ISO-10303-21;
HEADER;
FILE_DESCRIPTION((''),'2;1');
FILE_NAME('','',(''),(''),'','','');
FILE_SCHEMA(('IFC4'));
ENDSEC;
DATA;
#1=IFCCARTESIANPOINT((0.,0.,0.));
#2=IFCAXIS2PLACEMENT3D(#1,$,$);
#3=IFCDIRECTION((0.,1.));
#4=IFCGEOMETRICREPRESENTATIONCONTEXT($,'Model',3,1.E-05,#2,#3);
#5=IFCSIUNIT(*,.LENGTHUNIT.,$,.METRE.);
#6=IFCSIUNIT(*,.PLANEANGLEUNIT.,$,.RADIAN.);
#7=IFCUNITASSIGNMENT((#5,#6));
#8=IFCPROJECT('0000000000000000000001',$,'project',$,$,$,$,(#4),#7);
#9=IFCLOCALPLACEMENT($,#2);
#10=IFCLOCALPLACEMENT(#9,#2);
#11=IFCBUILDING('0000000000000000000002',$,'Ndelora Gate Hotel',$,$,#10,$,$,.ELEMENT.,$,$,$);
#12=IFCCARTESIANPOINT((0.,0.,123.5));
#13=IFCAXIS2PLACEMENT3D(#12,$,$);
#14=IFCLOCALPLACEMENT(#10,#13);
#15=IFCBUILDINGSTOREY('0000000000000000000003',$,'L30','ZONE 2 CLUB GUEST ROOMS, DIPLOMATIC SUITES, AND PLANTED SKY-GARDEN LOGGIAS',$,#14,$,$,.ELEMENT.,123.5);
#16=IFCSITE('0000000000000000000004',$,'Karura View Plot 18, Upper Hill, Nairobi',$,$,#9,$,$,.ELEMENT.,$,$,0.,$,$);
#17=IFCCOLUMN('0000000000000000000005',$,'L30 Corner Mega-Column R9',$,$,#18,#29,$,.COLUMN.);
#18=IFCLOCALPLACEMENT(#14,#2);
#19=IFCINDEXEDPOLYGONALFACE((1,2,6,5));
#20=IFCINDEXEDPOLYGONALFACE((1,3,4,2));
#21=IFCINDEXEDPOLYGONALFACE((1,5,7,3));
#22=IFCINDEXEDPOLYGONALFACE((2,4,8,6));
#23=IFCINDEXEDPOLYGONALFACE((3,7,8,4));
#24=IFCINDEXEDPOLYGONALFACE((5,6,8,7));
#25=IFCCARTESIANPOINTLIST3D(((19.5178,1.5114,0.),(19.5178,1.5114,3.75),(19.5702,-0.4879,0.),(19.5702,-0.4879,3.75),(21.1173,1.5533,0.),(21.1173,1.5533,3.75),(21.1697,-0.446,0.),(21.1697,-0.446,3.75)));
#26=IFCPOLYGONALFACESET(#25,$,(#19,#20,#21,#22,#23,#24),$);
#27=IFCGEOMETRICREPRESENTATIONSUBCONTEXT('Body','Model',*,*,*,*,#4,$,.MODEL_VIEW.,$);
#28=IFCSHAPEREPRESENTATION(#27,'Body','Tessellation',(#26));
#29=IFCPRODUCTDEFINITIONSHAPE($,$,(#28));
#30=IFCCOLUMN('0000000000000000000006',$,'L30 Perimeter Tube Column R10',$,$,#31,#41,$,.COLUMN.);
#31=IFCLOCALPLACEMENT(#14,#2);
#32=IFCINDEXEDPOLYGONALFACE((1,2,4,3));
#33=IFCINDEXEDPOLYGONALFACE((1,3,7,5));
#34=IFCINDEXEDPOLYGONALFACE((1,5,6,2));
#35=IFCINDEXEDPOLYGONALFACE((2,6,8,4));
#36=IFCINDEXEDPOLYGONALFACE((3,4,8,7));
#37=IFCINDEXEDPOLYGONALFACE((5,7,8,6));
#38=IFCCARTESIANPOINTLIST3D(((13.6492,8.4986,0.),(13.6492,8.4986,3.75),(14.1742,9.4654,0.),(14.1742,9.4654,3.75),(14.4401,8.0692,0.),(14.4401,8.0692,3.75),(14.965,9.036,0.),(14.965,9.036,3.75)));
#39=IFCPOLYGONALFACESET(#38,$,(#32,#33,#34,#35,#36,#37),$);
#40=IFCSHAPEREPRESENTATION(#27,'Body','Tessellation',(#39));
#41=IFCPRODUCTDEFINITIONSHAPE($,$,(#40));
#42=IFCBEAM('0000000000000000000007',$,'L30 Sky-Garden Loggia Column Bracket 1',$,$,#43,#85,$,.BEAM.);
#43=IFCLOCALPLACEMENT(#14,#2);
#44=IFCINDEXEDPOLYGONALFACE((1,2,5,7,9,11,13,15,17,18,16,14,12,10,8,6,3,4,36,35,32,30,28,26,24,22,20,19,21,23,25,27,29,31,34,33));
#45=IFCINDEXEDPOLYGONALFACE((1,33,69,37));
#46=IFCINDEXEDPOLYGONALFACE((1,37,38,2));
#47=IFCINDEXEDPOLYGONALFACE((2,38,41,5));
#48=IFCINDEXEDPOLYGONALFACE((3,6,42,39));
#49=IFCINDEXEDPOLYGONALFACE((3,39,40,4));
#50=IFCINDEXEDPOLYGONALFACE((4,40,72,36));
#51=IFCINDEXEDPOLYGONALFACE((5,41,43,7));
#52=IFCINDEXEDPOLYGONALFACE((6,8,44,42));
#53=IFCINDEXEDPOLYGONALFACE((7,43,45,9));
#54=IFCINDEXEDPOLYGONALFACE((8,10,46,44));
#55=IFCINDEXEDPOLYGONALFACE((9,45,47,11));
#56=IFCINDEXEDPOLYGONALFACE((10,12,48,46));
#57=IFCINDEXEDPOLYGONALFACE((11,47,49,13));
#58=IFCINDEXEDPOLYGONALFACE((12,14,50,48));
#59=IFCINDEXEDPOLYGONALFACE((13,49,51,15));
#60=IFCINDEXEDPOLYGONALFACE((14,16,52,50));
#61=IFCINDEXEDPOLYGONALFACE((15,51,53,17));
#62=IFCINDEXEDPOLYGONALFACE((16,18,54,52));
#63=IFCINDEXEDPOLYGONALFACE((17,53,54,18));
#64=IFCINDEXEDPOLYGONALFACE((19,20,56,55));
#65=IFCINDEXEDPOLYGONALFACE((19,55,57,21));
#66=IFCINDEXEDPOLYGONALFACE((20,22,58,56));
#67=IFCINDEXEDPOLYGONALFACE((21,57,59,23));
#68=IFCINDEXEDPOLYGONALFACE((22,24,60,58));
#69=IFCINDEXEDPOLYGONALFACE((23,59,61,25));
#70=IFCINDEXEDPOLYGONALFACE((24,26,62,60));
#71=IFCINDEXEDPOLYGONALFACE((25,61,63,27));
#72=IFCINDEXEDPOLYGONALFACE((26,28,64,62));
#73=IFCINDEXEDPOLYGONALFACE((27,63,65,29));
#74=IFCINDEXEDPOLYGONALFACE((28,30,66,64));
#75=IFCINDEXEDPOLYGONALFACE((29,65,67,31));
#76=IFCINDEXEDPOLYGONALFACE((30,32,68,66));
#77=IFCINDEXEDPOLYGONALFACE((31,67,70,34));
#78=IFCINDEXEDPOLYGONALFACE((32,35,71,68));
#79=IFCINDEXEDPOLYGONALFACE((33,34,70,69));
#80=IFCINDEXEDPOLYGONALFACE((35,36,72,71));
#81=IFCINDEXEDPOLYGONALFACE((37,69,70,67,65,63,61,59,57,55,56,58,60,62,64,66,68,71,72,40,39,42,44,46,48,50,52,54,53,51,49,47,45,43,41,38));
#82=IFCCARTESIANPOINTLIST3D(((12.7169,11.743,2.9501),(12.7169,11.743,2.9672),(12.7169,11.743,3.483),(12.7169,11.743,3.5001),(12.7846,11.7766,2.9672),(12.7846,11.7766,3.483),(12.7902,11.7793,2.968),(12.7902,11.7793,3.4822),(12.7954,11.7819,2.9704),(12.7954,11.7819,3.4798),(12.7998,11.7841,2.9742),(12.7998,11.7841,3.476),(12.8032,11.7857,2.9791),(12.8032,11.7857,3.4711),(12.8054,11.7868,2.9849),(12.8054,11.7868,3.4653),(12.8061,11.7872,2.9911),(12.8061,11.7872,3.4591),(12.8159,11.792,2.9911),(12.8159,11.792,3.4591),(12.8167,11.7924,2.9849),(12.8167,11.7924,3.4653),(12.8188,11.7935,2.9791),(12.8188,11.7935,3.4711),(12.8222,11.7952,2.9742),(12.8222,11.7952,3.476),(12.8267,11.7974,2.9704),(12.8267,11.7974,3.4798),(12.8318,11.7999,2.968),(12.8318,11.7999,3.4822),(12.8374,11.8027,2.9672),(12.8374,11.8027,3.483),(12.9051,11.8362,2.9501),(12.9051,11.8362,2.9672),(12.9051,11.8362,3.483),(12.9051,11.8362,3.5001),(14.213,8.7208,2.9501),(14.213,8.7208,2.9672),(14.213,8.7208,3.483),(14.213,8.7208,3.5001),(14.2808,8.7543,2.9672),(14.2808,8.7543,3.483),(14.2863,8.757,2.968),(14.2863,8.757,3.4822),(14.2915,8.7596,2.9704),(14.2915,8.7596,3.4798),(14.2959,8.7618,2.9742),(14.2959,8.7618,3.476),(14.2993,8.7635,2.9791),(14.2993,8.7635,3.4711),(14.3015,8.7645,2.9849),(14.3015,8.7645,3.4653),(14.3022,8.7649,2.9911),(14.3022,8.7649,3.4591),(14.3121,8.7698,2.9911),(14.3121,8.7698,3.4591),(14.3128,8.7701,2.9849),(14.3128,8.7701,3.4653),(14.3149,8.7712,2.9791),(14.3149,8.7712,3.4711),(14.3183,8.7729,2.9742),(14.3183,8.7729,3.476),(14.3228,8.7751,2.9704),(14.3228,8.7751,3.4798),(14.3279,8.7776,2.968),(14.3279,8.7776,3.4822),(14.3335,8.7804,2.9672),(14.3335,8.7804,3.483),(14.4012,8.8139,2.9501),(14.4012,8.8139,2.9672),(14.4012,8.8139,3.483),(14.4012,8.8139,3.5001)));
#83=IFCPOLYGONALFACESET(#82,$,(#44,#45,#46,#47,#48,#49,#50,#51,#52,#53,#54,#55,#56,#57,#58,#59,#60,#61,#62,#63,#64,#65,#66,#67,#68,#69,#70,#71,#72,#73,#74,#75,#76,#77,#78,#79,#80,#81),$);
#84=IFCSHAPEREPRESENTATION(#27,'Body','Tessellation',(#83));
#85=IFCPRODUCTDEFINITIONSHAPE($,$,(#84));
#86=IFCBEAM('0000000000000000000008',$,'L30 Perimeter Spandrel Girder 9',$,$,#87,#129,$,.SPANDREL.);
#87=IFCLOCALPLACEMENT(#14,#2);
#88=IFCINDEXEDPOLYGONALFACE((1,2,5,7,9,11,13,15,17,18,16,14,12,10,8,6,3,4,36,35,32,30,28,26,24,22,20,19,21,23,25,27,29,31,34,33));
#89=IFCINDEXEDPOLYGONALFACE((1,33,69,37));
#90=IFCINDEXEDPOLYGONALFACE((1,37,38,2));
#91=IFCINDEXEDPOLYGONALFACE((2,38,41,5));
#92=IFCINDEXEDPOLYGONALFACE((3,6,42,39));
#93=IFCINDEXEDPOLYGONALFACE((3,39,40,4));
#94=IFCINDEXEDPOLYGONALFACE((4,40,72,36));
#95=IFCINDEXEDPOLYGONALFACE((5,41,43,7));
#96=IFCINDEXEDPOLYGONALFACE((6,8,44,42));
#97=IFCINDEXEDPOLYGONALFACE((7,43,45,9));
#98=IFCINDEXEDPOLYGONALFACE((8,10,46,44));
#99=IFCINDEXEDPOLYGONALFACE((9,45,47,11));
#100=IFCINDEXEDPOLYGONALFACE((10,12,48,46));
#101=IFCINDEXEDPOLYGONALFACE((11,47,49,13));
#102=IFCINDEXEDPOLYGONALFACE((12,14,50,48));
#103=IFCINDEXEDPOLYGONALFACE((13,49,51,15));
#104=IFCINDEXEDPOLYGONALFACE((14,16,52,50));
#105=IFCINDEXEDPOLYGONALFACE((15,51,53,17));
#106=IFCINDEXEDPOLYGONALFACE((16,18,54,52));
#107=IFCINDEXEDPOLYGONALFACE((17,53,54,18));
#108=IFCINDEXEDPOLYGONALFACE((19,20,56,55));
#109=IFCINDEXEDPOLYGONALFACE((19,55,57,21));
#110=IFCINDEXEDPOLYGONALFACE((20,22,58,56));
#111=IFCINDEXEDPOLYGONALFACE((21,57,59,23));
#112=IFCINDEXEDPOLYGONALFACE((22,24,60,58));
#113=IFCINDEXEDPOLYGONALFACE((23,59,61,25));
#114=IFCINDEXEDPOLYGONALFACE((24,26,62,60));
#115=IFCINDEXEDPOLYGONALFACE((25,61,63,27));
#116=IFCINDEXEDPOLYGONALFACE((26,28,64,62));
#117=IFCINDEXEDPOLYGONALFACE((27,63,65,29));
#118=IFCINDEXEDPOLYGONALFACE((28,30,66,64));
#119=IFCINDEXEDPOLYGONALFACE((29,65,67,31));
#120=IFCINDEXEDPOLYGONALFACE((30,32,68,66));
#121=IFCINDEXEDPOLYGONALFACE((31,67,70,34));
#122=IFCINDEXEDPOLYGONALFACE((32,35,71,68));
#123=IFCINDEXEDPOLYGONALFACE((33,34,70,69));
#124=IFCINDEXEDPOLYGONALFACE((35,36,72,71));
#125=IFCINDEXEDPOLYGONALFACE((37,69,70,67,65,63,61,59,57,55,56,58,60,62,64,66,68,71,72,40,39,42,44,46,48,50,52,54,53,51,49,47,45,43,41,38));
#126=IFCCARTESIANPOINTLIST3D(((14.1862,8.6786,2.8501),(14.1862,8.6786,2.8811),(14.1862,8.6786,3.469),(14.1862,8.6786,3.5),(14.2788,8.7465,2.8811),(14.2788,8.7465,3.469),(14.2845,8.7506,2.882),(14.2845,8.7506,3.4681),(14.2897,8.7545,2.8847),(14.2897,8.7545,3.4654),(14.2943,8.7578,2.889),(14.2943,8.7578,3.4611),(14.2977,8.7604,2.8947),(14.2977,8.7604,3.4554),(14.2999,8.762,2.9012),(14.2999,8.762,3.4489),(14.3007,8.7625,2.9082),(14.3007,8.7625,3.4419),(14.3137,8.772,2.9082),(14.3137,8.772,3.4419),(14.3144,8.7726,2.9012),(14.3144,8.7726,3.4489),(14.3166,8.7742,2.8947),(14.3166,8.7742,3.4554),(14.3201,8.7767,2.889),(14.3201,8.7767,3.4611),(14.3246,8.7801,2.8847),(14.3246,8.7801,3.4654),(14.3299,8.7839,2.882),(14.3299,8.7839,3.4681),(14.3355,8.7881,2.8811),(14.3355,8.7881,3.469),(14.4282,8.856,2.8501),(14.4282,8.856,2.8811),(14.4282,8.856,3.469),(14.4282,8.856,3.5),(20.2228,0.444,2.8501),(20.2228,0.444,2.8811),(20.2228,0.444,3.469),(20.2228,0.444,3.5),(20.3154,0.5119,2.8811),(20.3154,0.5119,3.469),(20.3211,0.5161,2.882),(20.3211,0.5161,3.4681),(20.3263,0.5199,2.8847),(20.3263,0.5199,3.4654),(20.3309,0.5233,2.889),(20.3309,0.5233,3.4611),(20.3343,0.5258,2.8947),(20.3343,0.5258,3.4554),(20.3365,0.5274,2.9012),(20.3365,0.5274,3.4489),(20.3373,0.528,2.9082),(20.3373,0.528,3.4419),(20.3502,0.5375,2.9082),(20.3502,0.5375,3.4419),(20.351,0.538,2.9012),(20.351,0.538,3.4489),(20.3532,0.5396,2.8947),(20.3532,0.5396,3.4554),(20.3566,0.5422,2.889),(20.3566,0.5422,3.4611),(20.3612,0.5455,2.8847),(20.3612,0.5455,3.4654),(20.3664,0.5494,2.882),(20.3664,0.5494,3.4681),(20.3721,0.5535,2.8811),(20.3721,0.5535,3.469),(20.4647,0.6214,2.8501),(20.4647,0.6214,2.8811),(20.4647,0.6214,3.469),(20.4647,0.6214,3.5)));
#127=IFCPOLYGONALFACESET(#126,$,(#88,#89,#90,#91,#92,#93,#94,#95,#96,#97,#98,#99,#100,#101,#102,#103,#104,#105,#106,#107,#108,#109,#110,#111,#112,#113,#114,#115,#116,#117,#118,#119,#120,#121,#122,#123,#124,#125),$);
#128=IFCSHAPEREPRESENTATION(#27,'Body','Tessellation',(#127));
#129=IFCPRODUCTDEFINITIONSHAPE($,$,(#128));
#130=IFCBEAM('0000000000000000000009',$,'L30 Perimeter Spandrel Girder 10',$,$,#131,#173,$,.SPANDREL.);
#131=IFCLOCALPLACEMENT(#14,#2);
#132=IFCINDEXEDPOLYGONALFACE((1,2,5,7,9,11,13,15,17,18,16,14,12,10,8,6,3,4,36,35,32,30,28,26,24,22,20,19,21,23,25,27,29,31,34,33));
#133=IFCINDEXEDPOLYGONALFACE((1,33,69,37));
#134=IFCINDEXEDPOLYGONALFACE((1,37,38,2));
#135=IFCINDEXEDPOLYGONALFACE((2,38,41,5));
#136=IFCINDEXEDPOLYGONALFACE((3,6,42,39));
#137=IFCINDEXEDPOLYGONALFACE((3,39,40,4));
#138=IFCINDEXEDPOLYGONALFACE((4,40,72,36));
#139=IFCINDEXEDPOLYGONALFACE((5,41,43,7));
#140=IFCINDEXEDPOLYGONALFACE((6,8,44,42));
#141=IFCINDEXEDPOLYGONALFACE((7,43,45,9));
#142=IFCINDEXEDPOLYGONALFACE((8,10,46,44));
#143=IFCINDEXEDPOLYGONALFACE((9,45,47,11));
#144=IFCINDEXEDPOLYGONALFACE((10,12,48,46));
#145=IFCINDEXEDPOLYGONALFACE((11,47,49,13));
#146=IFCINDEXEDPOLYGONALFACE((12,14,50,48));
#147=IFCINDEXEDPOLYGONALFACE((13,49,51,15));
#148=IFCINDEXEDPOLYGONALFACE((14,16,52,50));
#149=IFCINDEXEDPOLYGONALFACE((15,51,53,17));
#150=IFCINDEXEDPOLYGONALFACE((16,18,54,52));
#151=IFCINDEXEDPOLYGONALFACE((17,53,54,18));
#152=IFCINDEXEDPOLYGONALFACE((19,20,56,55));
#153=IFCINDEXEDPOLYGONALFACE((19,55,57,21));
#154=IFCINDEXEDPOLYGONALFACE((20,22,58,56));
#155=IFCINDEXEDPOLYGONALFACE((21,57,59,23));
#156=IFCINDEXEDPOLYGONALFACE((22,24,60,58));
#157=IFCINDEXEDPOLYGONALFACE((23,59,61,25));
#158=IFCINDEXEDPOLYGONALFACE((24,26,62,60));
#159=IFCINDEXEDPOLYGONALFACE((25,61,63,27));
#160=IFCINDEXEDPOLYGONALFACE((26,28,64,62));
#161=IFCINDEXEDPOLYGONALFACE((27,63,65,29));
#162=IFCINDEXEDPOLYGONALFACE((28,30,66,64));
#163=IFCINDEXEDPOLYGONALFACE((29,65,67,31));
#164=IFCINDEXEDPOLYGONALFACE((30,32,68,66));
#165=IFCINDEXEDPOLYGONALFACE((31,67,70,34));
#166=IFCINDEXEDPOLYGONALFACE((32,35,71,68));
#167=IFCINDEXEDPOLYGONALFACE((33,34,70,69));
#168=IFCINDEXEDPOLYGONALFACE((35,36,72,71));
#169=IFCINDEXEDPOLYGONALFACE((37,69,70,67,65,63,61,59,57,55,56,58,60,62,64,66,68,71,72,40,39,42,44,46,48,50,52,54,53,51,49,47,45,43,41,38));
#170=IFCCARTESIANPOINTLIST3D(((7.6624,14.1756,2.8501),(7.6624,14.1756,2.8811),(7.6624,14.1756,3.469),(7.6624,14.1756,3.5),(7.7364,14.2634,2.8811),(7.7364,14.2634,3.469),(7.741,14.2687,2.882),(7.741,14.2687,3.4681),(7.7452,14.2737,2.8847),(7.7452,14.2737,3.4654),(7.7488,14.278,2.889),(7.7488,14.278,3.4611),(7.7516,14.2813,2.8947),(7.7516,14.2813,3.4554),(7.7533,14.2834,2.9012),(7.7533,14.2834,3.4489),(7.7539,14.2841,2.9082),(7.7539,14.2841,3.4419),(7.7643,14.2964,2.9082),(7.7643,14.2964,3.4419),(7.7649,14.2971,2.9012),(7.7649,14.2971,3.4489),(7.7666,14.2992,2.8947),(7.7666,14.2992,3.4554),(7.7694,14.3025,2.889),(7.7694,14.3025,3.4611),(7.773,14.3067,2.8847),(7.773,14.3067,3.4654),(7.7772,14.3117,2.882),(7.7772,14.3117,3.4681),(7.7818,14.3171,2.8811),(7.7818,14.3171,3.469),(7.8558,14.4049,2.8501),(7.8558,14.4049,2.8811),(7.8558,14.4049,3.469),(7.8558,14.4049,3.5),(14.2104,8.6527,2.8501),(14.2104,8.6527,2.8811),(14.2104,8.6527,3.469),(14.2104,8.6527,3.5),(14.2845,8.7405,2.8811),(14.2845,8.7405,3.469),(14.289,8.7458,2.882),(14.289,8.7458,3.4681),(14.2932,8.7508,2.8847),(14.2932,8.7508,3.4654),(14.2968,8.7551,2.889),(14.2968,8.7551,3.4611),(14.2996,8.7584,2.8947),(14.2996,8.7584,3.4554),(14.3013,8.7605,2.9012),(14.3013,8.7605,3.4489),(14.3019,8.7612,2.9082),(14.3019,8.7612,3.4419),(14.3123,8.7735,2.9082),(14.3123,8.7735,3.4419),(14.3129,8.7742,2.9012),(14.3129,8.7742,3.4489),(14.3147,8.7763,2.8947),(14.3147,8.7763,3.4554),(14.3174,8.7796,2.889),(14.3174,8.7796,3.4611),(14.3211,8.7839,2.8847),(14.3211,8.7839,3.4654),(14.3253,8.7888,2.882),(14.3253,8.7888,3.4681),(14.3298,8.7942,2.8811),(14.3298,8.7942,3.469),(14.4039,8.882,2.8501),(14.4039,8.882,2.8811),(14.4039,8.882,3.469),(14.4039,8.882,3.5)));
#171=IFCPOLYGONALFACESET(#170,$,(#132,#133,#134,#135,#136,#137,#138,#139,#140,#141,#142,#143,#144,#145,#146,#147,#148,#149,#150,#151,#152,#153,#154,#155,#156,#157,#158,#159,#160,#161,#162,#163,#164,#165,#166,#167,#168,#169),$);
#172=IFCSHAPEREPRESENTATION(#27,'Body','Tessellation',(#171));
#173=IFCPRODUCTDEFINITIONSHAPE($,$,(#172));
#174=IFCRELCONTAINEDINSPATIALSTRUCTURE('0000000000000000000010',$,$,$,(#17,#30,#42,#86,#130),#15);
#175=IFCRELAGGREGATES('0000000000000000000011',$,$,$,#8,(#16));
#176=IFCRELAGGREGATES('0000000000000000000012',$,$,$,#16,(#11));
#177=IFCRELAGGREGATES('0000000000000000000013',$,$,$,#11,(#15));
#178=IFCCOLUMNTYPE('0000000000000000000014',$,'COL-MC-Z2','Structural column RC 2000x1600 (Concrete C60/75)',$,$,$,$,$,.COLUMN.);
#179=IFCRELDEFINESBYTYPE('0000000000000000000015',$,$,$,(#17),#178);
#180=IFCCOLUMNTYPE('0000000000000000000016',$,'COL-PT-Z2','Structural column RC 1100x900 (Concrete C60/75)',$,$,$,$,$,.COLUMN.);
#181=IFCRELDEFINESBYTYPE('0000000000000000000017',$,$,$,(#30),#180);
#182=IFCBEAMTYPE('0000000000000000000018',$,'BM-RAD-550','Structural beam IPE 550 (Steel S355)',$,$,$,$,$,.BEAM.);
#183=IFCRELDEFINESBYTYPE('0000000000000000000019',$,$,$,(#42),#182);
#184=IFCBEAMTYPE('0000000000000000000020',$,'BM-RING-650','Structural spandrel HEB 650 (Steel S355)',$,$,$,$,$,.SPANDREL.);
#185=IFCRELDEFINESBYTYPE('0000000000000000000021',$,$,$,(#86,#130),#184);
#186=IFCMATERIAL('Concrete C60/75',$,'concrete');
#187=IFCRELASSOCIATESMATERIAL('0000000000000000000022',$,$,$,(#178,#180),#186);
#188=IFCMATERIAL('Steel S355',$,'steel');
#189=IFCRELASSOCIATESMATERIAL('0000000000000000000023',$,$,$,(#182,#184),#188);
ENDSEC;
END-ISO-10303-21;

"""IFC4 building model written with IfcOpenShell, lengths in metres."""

from ifc_helpers import new_model, si_unit, direction, frame, origin, origin_2d, place, context, subcontext, project, spatial, rectangle, i_section, extrude, material, material_profile, profile_set, type_object, element, save


model = new_model("IFC4")

# Units and contexts
model_context = context("Model", 3, precision=1e-05, world=origin(), true_north=direction((0.0, 1.0)))
body_context = subcontext(model_context, "Body", "Model", "MODEL_VIEW")
ifc_project = project(units=[si_unit("LENGTHUNIT", "METRE"), si_unit("PLANEANGLEUNIT", "RADIAN")], contexts=[model_context])

# Site, building, storey
site_placement = place(None, origin())
site = spatial("IfcSite", under=ifc_project, at=site_placement, Name="Karura View Plot 18, Upper Hill, Nairobi", CompositionType="ELEMENT", RefElevation=0.0)
building_placement = place(site_placement, origin())
building = spatial("IfcBuilding", under=site, at=building_placement, Name="Ndelora Gate Hotel", CompositionType="ELEMENT")
storey_placement = place(building_placement, frame((0.0, 0.0, 123.5)))
storey = spatial("IfcBuildingStorey", under=building, at=storey_placement, Name="L30", Description="ZONE 2 CLUB GUEST ROOMS, DIPLOMATIC SUITES, AND PLANTED SKY-GARDEN LOGGIAS", CompositionType="ELEMENT", Elevation=123.5)

# Columns
ifc_material_1 = material(Name="Concrete C60/75", Category="concrete")
ifc_material_profile_1 = material_profile(ifc_material_1, rectangle(XDim=1.6001, YDim=2.0, at=origin_2d()), Name="RC 2000x1600")
ifc_profile_set_1 = profile_set([ifc_material_profile_1], Name="Concrete C60/75")
column_type_1 = type_object("IfcColumnType", Name="COL-MC-Z2", Description="Structural column RC 2000x1600 (Concrete C60/75)", PredefinedType="COLUMN", material=ifc_profile_set_1)
column_1_placement = place(storey_placement, frame((20.3438, 0.5327, 0.0), z_axis=(0.0, 0.0, 1.0), x_axis=(0.999657, 0.026177, 0.0)))
element("IfcColumn", 1, at=column_1_placement, inside=storey, type_object=column_type_1, Name="L30 Corner Mega-Column R9", PredefinedType="COLUMN", context=body_context, shape_type="SweptSolid", body=[
    extrude(rectangle(XDim=1.6001, YDim=2.0, at=origin_2d()), origin(), (0.0, 0.0, 1.0), 3.75),
])
ifc_material_profile_2 = material_profile(ifc_material_1, rectangle(XDim=0.8999, YDim=1.1001, at=origin_2d()), Name="RC 1100x900")
ifc_profile_set_2 = profile_set([ifc_material_profile_2], Name="Concrete C60/75")
column_type_2 = type_object("IfcColumnType", Name="COL-PT-Z2", Description="Structural column RC 1100x900 (Concrete C60/75)", PredefinedType="COLUMN", material=ifc_profile_set_2)
column_2_placement = place(storey_placement, frame((14.3071, 8.7673, 0.0), z_axis=(0.0, 0.0, 1.0), x_axis=(-0.878817, 0.477159, 0.0)))
element("IfcColumn", 2, at=column_2_placement, inside=storey, type_object=column_type_2, Name="L30 Perimeter Tube Column R10", PredefinedType="COLUMN", context=body_context, shape_type="SweptSolid", body=[
    extrude(rectangle(XDim=0.8999, YDim=1.1001, at=origin_2d()), origin(), (0.0, 0.0, 1.0), 3.75),
])

# Beams
ifc_material_2 = material(Name="Steel S355", Category="steel")
ifc_material_profile_3 = material_profile(ifc_material_2, i_section(OverallWidth=0.21, OverallDepth=0.55, WebThickness=0.011, FlangeThickness=0.0171, FilletRadius=0.0239, at=origin_2d()), Name="IPE 550")
ifc_profile_set_3 = profile_set([ifc_material_profile_3], Name="Steel S355")
beam_type_1 = type_object("IfcBeamType", Name="BM-RAD-550", Description="Structural beam IPE 550 (Steel S355)", PredefinedType="BEAM", material=ifc_profile_set_3)
beam_1_placement = place(storey_placement, frame((14.3071, 8.7673, 3.2251), z_axis=(-0.443648, 0.896201, 0.0), x_axis=(-0.896201, -0.443648, 0.0)))
element("IfcBeam", 3, at=beam_1_placement, inside=storey, type_object=beam_type_1, Name="L30 Sky-Garden Loggia Column Bracket 1", PredefinedType="BEAM", context=body_context, shape_type="SweptSolid", body=[
    extrude(i_section(OverallWidth=0.21, OverallDepth=0.55, WebThickness=0.011, FlangeThickness=0.0171, FilletRadius=0.0239, at=origin_2d()), origin(), (0.0, 0.0, 1.0), 3.3723),
])
ifc_material_profile_4 = material_profile(ifc_material_2, i_section(OverallWidth=0.3, OverallDepth=0.6499, WebThickness=0.0161, FlangeThickness=0.031, FilletRadius=0.0271, at=origin_2d()), Name="HEB 650")
ifc_profile_set_4 = profile_set([ifc_material_profile_4], Name="Steel S355")
beam_type_2 = type_object("IfcBeamType", Name="BM-RING-650", Description="Structural spandrel HEB 650 (Steel S355)", PredefinedType="SPANDREL", material=ifc_profile_set_4)
beam_2_placement = place(storey_placement, frame((20.3438, 0.5327, 3.175), z_axis=(-0.59123, 0.806503, 0.0), x_axis=(-0.806503, -0.59123, 0.0)))
element("IfcBeam", 4, at=beam_2_placement, inside=storey, type_object=beam_type_2, Name="L30 Perimeter Spandrel Girder 9", PredefinedType="SPANDREL", context=body_context, shape_type="SweptSolid", body=[
    extrude(i_section(OverallWidth=0.3, OverallDepth=0.6499, WebThickness=0.0161, FlangeThickness=0.031, FilletRadius=0.0271, at=origin_2d()), origin(), (0.0, 0.0, 1.0), 10.2102),
])
beam_3_placement = place(storey_placement, frame((14.3071, 8.7673, 3.175), z_axis=(-0.764407, 0.644734, 0.0), x_axis=(-0.644734, -0.764407, 0.0)))
element("IfcBeam", 5, at=beam_3_placement, inside=storey, type_object=beam_type_2, Name="L30 Perimeter Spandrel Girder 10", PredefinedType="SPANDREL", context=body_context, shape_type="SweptSolid", body=[
    extrude(i_section(OverallWidth=0.3, OverallDepth=0.6499, WebThickness=0.0161, FlangeThickness=0.031, FilletRadius=0.0271, at=origin_2d()), origin(), (0.0, 0.0, 1.0), 8.5662),
])

save(model, "model.ifc")
